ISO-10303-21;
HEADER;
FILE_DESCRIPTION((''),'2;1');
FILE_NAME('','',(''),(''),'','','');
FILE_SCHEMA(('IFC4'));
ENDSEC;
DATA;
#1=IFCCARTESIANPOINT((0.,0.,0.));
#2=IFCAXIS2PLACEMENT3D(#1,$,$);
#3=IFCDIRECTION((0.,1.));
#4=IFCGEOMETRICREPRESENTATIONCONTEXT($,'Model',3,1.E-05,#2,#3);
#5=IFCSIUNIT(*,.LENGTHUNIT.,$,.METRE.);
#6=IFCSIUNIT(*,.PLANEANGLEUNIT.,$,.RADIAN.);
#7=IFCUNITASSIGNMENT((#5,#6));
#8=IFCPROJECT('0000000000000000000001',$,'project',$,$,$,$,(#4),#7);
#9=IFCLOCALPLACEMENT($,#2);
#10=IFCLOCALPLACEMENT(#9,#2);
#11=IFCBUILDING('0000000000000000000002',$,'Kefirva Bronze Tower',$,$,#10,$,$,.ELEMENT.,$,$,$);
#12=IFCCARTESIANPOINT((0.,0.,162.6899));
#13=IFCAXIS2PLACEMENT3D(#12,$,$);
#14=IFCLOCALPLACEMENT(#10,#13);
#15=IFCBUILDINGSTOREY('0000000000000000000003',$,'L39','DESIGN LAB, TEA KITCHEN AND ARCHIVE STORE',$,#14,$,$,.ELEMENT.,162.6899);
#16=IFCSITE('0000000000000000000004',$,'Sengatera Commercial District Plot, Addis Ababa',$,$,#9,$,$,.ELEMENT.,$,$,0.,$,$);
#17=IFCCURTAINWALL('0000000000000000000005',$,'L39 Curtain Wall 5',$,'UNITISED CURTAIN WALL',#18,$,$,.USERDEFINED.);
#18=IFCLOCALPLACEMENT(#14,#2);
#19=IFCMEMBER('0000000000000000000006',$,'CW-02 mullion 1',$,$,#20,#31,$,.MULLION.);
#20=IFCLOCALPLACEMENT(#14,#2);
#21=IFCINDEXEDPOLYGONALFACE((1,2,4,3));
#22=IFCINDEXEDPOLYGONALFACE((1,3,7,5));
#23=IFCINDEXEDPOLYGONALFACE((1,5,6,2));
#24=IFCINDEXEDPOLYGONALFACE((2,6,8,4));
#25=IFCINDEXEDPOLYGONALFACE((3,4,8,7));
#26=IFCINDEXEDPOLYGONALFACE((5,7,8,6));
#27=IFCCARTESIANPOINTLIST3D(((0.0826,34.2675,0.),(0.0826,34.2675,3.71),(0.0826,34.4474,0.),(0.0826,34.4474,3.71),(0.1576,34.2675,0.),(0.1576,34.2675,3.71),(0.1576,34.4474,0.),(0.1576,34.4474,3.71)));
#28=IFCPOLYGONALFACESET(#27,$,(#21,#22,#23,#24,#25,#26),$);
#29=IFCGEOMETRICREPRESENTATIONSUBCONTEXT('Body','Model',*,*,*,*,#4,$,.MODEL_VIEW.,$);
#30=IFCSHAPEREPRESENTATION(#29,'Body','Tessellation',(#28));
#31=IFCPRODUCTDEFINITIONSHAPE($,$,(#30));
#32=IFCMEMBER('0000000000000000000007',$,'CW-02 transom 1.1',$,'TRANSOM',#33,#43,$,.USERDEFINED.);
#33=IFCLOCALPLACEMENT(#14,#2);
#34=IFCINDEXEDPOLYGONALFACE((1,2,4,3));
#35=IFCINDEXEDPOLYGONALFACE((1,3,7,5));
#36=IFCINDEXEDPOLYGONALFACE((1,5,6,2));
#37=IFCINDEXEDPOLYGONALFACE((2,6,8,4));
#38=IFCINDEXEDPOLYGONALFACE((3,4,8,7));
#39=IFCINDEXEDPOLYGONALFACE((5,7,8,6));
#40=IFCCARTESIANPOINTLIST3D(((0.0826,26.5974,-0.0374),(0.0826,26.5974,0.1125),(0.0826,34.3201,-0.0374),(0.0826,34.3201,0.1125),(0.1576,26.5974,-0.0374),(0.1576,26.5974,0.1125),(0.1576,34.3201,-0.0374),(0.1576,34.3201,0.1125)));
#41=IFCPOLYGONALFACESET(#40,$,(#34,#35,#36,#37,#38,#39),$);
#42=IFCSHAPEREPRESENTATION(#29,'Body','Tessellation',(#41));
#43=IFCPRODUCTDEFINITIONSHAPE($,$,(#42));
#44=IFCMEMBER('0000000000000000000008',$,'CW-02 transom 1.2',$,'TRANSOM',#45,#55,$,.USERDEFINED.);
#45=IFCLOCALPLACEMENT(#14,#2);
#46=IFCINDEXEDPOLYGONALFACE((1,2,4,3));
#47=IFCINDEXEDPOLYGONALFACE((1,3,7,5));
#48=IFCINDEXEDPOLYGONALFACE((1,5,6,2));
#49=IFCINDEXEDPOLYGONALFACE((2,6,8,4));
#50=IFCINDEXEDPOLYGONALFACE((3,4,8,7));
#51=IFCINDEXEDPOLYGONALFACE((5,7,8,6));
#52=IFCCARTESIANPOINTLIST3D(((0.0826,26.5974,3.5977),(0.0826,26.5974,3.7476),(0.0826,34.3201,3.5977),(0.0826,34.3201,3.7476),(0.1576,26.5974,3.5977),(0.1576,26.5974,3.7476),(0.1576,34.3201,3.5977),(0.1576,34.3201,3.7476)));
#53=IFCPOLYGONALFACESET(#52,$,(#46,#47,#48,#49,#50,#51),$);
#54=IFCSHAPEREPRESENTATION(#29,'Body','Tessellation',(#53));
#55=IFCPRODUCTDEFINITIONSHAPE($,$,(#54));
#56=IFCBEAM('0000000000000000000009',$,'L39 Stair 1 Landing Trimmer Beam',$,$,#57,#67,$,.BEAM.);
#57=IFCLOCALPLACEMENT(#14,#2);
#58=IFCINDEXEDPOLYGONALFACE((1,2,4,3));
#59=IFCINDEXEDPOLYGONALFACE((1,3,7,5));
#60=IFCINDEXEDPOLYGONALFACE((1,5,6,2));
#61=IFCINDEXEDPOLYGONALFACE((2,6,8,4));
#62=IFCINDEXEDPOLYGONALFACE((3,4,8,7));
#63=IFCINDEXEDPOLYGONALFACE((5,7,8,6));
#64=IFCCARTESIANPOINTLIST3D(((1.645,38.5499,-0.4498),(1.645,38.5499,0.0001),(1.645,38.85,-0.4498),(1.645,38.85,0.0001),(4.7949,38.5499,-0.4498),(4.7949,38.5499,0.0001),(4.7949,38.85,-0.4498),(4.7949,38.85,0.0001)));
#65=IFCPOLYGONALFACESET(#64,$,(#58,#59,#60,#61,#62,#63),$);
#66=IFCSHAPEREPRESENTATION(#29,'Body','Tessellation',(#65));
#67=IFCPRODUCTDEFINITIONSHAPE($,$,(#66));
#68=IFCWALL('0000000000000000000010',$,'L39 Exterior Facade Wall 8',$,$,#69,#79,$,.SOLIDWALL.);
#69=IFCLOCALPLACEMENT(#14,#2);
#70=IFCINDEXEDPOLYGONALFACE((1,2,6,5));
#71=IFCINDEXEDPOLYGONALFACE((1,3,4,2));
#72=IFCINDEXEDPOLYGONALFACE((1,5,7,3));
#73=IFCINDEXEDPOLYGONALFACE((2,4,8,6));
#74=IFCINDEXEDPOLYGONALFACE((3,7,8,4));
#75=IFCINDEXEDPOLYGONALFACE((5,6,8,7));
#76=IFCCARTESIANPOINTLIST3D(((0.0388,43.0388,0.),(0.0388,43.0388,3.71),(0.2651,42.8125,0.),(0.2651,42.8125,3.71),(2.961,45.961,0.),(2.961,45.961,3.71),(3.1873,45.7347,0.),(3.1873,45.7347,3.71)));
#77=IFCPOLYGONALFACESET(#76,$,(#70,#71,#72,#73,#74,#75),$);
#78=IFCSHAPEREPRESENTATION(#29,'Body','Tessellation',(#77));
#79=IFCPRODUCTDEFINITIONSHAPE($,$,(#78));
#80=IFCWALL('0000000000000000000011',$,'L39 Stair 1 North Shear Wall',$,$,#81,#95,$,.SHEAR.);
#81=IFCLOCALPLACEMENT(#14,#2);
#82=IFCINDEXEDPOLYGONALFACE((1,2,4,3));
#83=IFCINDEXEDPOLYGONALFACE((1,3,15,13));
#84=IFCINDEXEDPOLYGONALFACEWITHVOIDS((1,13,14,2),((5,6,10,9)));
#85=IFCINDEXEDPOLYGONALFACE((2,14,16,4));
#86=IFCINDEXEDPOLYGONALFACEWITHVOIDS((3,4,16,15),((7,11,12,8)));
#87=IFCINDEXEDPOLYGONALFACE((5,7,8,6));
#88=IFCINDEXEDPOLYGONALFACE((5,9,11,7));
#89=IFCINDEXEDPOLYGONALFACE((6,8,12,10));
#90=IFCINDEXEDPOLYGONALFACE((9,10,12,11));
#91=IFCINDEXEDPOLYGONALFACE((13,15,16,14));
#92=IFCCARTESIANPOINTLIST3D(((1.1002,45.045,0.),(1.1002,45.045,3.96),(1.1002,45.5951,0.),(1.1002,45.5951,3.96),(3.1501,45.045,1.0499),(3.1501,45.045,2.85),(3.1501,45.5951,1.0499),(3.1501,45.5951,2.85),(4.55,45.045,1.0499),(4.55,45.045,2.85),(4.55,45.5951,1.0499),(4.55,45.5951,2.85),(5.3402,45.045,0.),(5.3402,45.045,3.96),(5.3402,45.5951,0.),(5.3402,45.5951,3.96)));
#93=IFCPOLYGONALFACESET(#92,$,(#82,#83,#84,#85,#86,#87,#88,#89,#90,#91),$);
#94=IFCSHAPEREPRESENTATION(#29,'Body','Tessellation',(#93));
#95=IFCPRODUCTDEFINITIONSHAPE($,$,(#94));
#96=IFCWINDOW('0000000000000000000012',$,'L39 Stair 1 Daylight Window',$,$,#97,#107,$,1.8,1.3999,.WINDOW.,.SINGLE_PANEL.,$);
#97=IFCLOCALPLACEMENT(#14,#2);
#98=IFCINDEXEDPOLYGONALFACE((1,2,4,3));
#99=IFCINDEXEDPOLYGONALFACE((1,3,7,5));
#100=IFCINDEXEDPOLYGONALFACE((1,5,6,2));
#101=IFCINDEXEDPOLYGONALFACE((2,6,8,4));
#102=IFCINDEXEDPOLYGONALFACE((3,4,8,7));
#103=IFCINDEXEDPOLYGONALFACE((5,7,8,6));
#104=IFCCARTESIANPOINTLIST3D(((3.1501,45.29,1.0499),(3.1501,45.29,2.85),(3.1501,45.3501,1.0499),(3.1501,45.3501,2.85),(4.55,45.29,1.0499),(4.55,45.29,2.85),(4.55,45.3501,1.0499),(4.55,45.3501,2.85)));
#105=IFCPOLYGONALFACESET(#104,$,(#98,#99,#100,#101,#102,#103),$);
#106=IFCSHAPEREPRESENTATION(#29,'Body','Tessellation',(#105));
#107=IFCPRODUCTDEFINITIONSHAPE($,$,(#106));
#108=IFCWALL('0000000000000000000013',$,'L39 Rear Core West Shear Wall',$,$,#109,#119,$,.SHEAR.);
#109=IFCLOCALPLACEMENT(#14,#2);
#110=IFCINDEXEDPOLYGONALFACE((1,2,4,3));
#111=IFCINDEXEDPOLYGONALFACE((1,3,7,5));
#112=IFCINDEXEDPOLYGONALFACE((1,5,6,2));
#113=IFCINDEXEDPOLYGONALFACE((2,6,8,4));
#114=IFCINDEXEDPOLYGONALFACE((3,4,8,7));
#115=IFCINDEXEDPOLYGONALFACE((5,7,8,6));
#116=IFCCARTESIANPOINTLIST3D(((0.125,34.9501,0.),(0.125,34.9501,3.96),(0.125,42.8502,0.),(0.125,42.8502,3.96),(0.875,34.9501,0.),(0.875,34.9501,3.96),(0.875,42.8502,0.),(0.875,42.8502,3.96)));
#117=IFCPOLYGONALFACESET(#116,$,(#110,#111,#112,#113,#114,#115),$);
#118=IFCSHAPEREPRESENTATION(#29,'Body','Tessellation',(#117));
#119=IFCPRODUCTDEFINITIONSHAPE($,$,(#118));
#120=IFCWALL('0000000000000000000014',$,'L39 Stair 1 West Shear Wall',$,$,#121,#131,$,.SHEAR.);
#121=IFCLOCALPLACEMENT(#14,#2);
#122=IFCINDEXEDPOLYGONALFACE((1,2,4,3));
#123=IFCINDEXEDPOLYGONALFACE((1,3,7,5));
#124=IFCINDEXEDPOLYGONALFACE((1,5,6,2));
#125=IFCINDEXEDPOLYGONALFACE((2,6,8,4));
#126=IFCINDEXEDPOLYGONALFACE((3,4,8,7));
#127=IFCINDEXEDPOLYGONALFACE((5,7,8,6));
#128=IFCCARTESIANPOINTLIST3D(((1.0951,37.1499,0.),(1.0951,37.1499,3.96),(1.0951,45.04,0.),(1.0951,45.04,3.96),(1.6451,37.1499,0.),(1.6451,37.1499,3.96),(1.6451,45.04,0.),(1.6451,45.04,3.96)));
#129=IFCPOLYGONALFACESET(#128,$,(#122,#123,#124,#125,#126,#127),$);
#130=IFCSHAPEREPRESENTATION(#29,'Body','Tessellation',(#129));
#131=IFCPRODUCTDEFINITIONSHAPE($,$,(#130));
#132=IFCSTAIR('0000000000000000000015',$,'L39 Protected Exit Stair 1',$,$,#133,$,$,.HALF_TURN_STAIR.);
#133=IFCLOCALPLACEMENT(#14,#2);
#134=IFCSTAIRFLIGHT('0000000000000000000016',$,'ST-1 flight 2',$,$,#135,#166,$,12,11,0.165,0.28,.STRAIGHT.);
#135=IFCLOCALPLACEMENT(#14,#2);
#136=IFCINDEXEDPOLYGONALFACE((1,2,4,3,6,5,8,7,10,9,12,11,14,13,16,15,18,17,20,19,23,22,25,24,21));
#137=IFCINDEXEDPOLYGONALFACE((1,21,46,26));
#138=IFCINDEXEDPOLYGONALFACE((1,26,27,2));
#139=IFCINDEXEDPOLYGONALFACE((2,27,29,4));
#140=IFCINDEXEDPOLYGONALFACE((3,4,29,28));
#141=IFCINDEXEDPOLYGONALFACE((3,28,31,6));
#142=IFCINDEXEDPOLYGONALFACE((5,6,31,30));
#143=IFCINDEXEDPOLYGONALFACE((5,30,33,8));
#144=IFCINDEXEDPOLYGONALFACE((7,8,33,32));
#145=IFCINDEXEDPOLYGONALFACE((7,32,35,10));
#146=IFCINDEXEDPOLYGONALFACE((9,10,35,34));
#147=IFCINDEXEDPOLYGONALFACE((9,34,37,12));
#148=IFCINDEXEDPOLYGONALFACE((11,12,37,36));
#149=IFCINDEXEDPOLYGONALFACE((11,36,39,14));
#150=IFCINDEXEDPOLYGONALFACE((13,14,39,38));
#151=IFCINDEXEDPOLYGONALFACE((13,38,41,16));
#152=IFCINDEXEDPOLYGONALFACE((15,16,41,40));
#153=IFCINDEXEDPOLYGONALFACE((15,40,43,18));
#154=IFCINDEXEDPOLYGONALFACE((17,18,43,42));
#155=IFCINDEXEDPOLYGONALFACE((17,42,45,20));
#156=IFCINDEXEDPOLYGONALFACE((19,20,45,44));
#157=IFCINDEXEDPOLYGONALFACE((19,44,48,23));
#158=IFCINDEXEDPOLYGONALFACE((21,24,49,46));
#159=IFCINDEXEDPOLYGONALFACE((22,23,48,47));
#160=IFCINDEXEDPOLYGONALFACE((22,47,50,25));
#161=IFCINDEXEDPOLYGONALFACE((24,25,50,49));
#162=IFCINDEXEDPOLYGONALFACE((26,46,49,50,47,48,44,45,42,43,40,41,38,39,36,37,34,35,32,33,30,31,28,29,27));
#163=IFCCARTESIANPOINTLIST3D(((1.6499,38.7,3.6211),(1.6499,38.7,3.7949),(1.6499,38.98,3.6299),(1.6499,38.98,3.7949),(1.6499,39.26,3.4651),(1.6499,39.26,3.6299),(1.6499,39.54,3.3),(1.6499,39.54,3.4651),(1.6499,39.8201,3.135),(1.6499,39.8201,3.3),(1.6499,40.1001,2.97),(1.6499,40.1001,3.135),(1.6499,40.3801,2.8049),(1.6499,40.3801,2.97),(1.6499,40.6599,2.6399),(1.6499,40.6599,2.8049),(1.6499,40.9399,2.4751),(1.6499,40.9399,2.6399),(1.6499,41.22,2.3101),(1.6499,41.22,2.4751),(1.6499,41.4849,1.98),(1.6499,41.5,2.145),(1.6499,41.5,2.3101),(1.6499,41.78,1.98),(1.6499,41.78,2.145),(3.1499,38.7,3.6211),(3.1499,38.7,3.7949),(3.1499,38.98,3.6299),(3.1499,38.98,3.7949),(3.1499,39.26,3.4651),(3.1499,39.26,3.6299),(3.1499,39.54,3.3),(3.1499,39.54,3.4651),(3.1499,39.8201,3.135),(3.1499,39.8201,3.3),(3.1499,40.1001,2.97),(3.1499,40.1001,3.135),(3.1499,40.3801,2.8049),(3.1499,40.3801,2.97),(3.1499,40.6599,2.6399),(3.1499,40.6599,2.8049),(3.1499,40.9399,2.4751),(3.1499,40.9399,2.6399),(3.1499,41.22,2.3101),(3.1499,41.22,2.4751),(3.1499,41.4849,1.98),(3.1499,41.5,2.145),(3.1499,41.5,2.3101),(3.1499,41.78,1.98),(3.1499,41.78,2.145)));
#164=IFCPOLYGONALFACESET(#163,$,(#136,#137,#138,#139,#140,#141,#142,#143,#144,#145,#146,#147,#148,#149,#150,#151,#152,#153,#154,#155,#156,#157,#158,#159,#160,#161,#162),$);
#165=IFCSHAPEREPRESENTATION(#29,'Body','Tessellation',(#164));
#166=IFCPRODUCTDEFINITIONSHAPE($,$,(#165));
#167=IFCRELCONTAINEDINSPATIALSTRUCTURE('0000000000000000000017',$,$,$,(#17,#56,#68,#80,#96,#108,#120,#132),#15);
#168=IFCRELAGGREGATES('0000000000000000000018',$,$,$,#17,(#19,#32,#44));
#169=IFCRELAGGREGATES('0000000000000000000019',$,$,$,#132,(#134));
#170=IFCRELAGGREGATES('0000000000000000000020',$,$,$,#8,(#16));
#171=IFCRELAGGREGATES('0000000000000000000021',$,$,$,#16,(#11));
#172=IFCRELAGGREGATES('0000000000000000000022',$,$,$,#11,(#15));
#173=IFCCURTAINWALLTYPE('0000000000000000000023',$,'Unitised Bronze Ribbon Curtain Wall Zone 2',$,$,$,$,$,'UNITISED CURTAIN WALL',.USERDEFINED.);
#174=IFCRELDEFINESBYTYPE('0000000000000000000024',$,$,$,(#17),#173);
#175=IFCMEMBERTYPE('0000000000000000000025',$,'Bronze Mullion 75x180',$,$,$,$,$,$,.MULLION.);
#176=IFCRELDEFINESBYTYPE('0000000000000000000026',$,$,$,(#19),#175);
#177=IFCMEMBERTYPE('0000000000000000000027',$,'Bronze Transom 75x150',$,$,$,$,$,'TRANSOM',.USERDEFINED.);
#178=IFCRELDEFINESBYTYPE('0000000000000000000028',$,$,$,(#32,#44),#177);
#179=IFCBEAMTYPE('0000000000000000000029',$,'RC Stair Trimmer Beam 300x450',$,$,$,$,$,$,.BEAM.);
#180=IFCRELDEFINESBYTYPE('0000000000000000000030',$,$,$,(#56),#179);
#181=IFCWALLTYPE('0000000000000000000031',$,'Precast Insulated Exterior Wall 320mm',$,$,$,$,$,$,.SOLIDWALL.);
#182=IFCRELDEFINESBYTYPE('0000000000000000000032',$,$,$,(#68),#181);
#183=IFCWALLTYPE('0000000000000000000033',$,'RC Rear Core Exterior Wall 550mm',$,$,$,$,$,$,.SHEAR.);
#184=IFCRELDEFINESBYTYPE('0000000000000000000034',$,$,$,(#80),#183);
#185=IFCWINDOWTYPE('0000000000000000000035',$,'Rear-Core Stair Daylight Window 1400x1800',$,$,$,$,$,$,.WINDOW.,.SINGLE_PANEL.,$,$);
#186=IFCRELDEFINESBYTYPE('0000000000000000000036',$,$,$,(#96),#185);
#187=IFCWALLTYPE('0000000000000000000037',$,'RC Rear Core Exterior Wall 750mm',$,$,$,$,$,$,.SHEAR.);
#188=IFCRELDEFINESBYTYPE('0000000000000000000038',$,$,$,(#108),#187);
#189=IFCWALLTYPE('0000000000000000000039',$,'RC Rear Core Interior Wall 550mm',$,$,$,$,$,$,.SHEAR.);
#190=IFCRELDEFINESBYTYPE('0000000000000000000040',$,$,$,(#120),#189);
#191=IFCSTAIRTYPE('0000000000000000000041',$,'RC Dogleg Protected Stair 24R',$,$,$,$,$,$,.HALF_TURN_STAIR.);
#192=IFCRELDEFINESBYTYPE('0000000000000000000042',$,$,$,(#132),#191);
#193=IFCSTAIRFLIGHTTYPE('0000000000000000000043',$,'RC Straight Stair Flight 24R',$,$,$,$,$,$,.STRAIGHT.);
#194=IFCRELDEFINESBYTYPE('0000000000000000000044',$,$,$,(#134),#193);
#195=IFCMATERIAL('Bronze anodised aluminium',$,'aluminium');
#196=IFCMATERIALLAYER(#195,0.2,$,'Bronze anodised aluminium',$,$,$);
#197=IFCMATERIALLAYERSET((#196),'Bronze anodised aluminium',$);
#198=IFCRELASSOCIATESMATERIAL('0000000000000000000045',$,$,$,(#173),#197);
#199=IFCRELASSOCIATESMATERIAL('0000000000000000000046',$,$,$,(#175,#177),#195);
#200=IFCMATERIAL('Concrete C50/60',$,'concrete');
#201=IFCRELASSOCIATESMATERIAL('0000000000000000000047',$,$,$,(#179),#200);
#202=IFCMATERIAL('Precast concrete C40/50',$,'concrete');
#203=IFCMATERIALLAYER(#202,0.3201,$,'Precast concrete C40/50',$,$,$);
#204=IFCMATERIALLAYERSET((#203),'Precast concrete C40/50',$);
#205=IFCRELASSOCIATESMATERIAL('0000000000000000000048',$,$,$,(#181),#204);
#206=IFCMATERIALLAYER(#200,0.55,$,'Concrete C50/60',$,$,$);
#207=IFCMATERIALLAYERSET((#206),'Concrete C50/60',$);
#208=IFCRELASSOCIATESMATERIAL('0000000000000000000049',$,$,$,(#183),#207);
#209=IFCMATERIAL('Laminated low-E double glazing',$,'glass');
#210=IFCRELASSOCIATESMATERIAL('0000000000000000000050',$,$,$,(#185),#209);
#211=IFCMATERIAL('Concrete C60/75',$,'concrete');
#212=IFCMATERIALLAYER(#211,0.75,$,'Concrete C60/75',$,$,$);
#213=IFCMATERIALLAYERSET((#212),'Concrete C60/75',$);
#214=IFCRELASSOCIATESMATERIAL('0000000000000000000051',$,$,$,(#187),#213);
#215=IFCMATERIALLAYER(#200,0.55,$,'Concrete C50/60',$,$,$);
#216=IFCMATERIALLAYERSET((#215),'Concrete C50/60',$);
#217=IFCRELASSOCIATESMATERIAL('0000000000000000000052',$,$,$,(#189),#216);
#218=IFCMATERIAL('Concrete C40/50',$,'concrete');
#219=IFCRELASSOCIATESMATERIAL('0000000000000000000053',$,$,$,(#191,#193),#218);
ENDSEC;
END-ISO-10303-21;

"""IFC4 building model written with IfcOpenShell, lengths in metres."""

from ifc_helpers import new_model, si_unit, direction, frame, frame_2d, origin, origin_2d, place, context, subcontext, project, spatial, polyline, rectangle, outline, extrude, material, layer, layer_set, material_profile, profile_set, type_object, element, fill, aggregate, save


model = new_model("IFC4")

# Units and contexts
model_context = context("Model", 3, precision=1e-05, world=origin(), true_north=direction((0.0, 1.0)))
body_context = subcontext(model_context, "Body", "Model", "MODEL_VIEW")
ifc_project = project(units=[si_unit("LENGTHUNIT", "METRE"), si_unit("PLANEANGLEUNIT", "RADIAN")], contexts=[model_context])

# Site, building, storey
site_placement = place(None, origin())
site = spatial("IfcSite", under=ifc_project, at=site_placement, Name="Sengatera Commercial District Plot, Addis Ababa", CompositionType="ELEMENT", RefElevation=0.0)
building_placement = place(site_placement, origin())
building = spatial("IfcBuilding", under=site, at=building_placement, Name="Kefirva Bronze Tower", CompositionType="ELEMENT")
storey_placement = place(building_placement, frame((0.0, 0.0, 162.6899)))
storey = spatial("IfcBuildingStorey", under=building, at=storey_placement, Name="L39", Description="DESIGN LAB, TEA KITCHEN AND ARCHIVE STORE", CompositionType="ELEMENT", Elevation=162.6899)

# Curtain wall, members
ifc_material_1 = material(Name="Bronze anodised aluminium", Category="aluminium")
ifc_layer_1 = layer(ifc_material_1, 0.2, Name="Bronze anodised aluminium")
ifc_layer_set_1 = layer_set([ifc_layer_1], Name="Bronze anodised aluminium")
curtain_wall_type = type_object("IfcCurtainWallType", Name="Unitised Bronze Ribbon Curtain Wall Zone 2", ElementType="UNITISED CURTAIN WALL", PredefinedType="USERDEFINED", material=ifc_layer_set_1)
curtain_wall_placement = place(storey_placement, origin())
curtain_wall = element("IfcCurtainWall", 1, at=curtain_wall_placement, inside=storey, type_object=curtain_wall_type, Name="L39 Curtain Wall 5", ObjectType="UNITISED CURTAIN WALL", PredefinedType="USERDEFINED")
ifc_material_profile_1 = material_profile(ifc_material_1, rectangle(XDim=0.075, YDim=0.1799, at=origin_2d()), Name="ALU 75x180")
ifc_profile_set_1 = profile_set([ifc_material_profile_1], Name="Bronze anodised aluminium")
member_type_1 = type_object("IfcMemberType", Name="Bronze Mullion 75x180", PredefinedType="MULLION", material=ifc_profile_set_1)
member_1_placement = place(storey_placement, frame((0.1201, 34.3574, 0.0), z_axis=(0.0, 0.0, 1.0), x_axis=(1.0, 0.0, 0.0)))
member_1 = element("IfcMember", 2, at=member_1_placement, type_object=member_type_1, Name="CW-02 mullion 1", PredefinedType="MULLION", context=body_context, shape_type="SweptSolid", body=[
    extrude(rectangle(XDim=0.075, YDim=0.1799, at=origin_2d()), origin(), (0.0, 0.0, 1.0), 3.71),
])
ifc_material_profile_2 = material_profile(ifc_material_1, rectangle(XDim=0.075, YDim=0.1499, at=origin_2d()), Name="ALU 75x150")
ifc_profile_set_2 = profile_set([ifc_material_profile_2], Name="Bronze anodised aluminium")
member_type_2 = type_object("IfcMemberType", Name="Bronze Transom 75x150", ElementType="TRANSOM", PredefinedType="USERDEFINED", material=ifc_profile_set_2)
member_2_placement = place(storey_placement, frame((0.1201, 34.3201, 0.0376), z_axis=(0.0, -1.0, 0.0), x_axis=(1.0, 0.0, 0.0)))
member_2 = element("IfcMember", 3, at=member_2_placement, type_object=member_type_2, Name="CW-02 transom 1.1", ObjectType="TRANSOM", PredefinedType="USERDEFINED", context=body_context, shape_type="SweptSolid", body=[
    extrude(rectangle(XDim=0.075, YDim=0.1499, at=origin_2d()), origin(), (0.0, 0.0, 1.0), 7.7227),
])
member_3_placement = place(storey_placement, frame((0.1201, 34.3201, 3.6726), z_axis=(0.0, -1.0, 0.0), x_axis=(1.0, 0.0, 0.0)))
member_3 = element("IfcMember", 4, at=member_3_placement, type_object=member_type_2, Name="CW-02 transom 1.2", ObjectType="TRANSOM", PredefinedType="USERDEFINED", context=body_context, shape_type="SweptSolid", body=[
    extrude(rectangle(XDim=0.075, YDim=0.1499, at=origin_2d()), origin(), (0.0, 0.0, 1.0), 7.7227),
])
aggregate(curtain_wall, [member_1, member_2, member_3])

# Beam
ifc_material_2 = material(Name="Concrete C50/60", Category="concrete")
ifc_material_profile_3 = material_profile(ifc_material_2, rectangle(XDim=0.3, YDim=0.45, at=origin_2d()), Name="RC 300x450")
ifc_profile_set_3 = profile_set([ifc_material_profile_3], Name="Concrete C50/60")
beam_type = type_object("IfcBeamType", Name="RC Stair Trimmer Beam 300x450", PredefinedType="BEAM", material=ifc_profile_set_3)
beam_placement = place(storey_placement, frame((1.645, 38.7, -0.2249), z_axis=(1.0, 0.0, 0.0), x_axis=(0.0, 1.0, 0.0)))
element("IfcBeam", 5, at=beam_placement, inside=storey, type_object=beam_type, Name="L39 Stair 1 Landing Trimmer Beam", PredefinedType="BEAM", context=body_context, shape_type="SweptSolid", body=[
    extrude(rectangle(XDim=0.3, YDim=0.45, at=origin_2d()), origin(), (0.0, 0.0, 1.0), 3.1499),
])

# Wall
ifc_material_3 = material(Name="Precast concrete C40/50", Category="concrete")
ifc_layer_2 = layer(ifc_material_3, 0.3201, Name="Precast concrete C40/50")
ifc_layer_set_2 = layer_set([ifc_layer_2], Name="Precast concrete C40/50")
wall_type_1 = type_object("IfcWallType", Name="Precast Insulated Exterior Wall 320mm", PredefinedType="SOLIDWALL", material=ifc_layer_set_2)
wall_1_placement = place(storey_placement, frame((3.0742, 45.8479, 0.0), z_axis=(0.0, 0.0, 1.0), x_axis=(-0.707107, -0.707107, 0.0)))
element("IfcWall", 6, at=wall_1_placement, inside=storey, type_object=wall_type_1, Name="L39 Exterior Facade Wall 8", PredefinedType="SOLIDWALL", context=body_context, shape_type="SweptSolid", body=[
    extrude(rectangle(XDim=4.1326, YDim=0.3201, at=frame_2d((2.0664, 0.0))), origin(), (0.0, 0.0, 1.0), 3.71),
])

# Wall, opening, window
ifc_layer_3 = layer(ifc_material_2, 0.55, Name="Concrete C50/60")
ifc_layer_set_3 = layer_set([ifc_layer_3], Name="Concrete C50/60")
wall_type_2 = type_object("IfcWallType", Name="RC Rear Core Exterior Wall 550mm", PredefinedType="SHEAR", material=ifc_layer_set_3)
wall_2_placement = place(storey_placement, frame((1.1001, 45.3201, 0.0), z_axis=(0.0, 0.0, 1.0), x_axis=(1.0, 0.0, 0.0)))
wall_2 = element("IfcWall", 7, at=wall_2_placement, inside=storey, type_object=wall_type_2, Name="L39 Stair 1 North Shear Wall", PredefinedType="SHEAR", context=body_context, shape_type="SweptSolid", body=[
    extrude(rectangle(XDim=4.24, YDim=0.55, at=frame_2d((2.1201, 0.0))), origin(), (0.0, 0.0, 1.0), 3.96),
])
opening_1_placement = place(wall_2_placement, frame((2.05, 0.0, 1.05)))
opening_1 = element("IfcOpeningElement", 8, at=opening_1_placement, cuts=wall_2, PredefinedType="OPENING", context=body_context, shape_type="SweptSolid", body=[
    extrude(rectangle(XDim=1.3999, YDim=1.8, at=frame_2d((0.7, 0.8999))), frame((0.0, 0.2852, 0.0), z_axis=(0.0, -1.0, 0.0), x_axis=(1.0, 0.0, 0.0)), (0.0, 0.0, 1.0), 0.5701),
])
ifc_material_4 = material(Name="Laminated low-E double glazing", Category="glass")
window_type = type_object("IfcWindowType", Name="Rear-Core Stair Daylight Window 1400x1800", PartitioningType="SINGLE_PANEL", PredefinedType="WINDOW", material=ifc_material_4)
window_placement = place(opening_1_placement, origin())
window = element("IfcWindow", 9, at=window_placement, inside=storey, type_object=window_type, Name="L39 Stair 1 Daylight Window", OverallHeight=1.8, OverallWidth=1.3999, PartitioningType="SINGLE_PANEL", PredefinedType="WINDOW", context=body_context, shape_type="SweptSolid", body=[
    extrude(rectangle(XDim=1.3999, YDim=1.8, at=frame_2d((0.7, 0.8999))), frame((0.0, 0.03, 0.0), z_axis=(0.0, -1.0, 0.0), x_axis=(1.0, 0.0, 0.0)), (0.0, 0.0, 1.0), 0.0601),
])
fill(opening_1, window)

# Walls
ifc_material_5 = material(Name="Concrete C60/75", Category="concrete")
ifc_layer_4 = layer(ifc_material_5, 0.75, Name="Concrete C60/75")
ifc_layer_set_4 = layer_set([ifc_layer_4], Name="Concrete C60/75")
wall_type_3 = type_object("IfcWallType", Name="RC Rear Core Exterior Wall 750mm", PredefinedType="SHEAR", material=ifc_layer_set_4)
wall_3_placement = place(storey_placement, frame((0.5, 34.95, 0.0), z_axis=(0.0, 0.0, 1.0), x_axis=(0.0, 1.0, 0.0)))
element("IfcWall", 10, at=wall_3_placement, inside=storey, type_object=wall_type_3, Name="L39 Rear Core West Shear Wall", PredefinedType="SHEAR", context=body_context, shape_type="SweptSolid", body=[
    extrude(rectangle(XDim=7.9001, YDim=0.75, at=frame_2d((3.9502, 0.0))), origin(), (0.0, 0.0, 1.0), 3.96),
])
ifc_layer_5 = layer(ifc_material_2, 0.55, Name="Concrete C50/60")
ifc_layer_set_5 = layer_set([ifc_layer_5], Name="Concrete C50/60")
wall_type_4 = type_object("IfcWallType", Name="RC Rear Core Interior Wall 550mm", PredefinedType="SHEAR", material=ifc_layer_set_5)
wall_4_placement = place(storey_placement, frame((1.3701, 37.1499, 0.0), z_axis=(0.0, 0.0, 1.0), x_axis=(0.0, 1.0, 0.0)))
element("IfcWall", 11, at=wall_4_placement, inside=storey, type_object=wall_type_4, Name="L39 Stair 1 West Shear Wall", PredefinedType="SHEAR", context=body_context, shape_type="SweptSolid", body=[
    extrude(rectangle(XDim=7.8901, YDim=0.55, at=frame_2d((3.9451, 0.0))), origin(), (0.0, 0.0, 1.0), 3.96),
])

# Stair, stair flight
ifc_material_6 = material(Name="Concrete C40/50", Category="concrete")
stair_type = type_object("IfcStairType", Name="RC Dogleg Protected Stair 24R", PredefinedType="HALF_TURN_STAIR", material=ifc_material_6)
stair_placement = place(storey_placement, origin())
stair = element("IfcStair", 12, at=stair_placement, inside=storey, type_object=stair_type, Name="L39 Protected Exit Stair 1", PredefinedType="HALF_TURN_STAIR")
stair_flight_type = type_object("IfcStairFlightType", Name="RC Straight Stair Flight 24R", PredefinedType="STRAIGHT", material=ifc_material_6)
stair_flight_placement = place(storey_placement, frame((2.3999, 41.78, 1.98), z_axis=(0.0, 0.0, 1.0), x_axis=(0.0, -1.0, 0.0)))
stair_flight = element("IfcStairFlight", 13, at=stair_flight_placement, type_object=stair_flight_type, Name="ST-1 flight 2", NumberOfRisers=12, NumberOfTreads=11, PredefinedType="STRAIGHT", RiserHeight=0.165, TreadLength=0.28, context=body_context, shape_type="SweptSolid", body=[
    extrude(outline(polyline([(0.0, 0.0), (0.0, 0.165), (0.28, 0.165), (0.28, 0.3301), (0.5601, 0.3301), (0.5601, 0.4951), (0.8401, 0.4951), (0.8401, 0.6599), (1.1201, 0.6599), (1.1201, 0.825), (1.3999, 0.825), (1.3999, 0.99), (1.6799, 0.99), (1.6799, 1.155), (1.96, 1.155), (1.96, 1.3201), (2.24, 1.3201), (2.24, 1.4851), (2.52, 1.4851), (2.52, 1.6499), (2.8, 1.6499), (2.8, 1.8149), (3.0801, 1.8149), (3.0801, 1.98), (3.0801, 1.6411), (0.2952, 0.0), (0.0, 0.0)])), frame((0.0, 0.75, 0.0), z_axis=(0.0, -1.0, 0.0), x_axis=(1.0, 0.0, 0.0)), (0.0, 0.0, 1.0), 1.5),
])
aggregate(stair, [stair_flight])

save(model, "model.ifc")
